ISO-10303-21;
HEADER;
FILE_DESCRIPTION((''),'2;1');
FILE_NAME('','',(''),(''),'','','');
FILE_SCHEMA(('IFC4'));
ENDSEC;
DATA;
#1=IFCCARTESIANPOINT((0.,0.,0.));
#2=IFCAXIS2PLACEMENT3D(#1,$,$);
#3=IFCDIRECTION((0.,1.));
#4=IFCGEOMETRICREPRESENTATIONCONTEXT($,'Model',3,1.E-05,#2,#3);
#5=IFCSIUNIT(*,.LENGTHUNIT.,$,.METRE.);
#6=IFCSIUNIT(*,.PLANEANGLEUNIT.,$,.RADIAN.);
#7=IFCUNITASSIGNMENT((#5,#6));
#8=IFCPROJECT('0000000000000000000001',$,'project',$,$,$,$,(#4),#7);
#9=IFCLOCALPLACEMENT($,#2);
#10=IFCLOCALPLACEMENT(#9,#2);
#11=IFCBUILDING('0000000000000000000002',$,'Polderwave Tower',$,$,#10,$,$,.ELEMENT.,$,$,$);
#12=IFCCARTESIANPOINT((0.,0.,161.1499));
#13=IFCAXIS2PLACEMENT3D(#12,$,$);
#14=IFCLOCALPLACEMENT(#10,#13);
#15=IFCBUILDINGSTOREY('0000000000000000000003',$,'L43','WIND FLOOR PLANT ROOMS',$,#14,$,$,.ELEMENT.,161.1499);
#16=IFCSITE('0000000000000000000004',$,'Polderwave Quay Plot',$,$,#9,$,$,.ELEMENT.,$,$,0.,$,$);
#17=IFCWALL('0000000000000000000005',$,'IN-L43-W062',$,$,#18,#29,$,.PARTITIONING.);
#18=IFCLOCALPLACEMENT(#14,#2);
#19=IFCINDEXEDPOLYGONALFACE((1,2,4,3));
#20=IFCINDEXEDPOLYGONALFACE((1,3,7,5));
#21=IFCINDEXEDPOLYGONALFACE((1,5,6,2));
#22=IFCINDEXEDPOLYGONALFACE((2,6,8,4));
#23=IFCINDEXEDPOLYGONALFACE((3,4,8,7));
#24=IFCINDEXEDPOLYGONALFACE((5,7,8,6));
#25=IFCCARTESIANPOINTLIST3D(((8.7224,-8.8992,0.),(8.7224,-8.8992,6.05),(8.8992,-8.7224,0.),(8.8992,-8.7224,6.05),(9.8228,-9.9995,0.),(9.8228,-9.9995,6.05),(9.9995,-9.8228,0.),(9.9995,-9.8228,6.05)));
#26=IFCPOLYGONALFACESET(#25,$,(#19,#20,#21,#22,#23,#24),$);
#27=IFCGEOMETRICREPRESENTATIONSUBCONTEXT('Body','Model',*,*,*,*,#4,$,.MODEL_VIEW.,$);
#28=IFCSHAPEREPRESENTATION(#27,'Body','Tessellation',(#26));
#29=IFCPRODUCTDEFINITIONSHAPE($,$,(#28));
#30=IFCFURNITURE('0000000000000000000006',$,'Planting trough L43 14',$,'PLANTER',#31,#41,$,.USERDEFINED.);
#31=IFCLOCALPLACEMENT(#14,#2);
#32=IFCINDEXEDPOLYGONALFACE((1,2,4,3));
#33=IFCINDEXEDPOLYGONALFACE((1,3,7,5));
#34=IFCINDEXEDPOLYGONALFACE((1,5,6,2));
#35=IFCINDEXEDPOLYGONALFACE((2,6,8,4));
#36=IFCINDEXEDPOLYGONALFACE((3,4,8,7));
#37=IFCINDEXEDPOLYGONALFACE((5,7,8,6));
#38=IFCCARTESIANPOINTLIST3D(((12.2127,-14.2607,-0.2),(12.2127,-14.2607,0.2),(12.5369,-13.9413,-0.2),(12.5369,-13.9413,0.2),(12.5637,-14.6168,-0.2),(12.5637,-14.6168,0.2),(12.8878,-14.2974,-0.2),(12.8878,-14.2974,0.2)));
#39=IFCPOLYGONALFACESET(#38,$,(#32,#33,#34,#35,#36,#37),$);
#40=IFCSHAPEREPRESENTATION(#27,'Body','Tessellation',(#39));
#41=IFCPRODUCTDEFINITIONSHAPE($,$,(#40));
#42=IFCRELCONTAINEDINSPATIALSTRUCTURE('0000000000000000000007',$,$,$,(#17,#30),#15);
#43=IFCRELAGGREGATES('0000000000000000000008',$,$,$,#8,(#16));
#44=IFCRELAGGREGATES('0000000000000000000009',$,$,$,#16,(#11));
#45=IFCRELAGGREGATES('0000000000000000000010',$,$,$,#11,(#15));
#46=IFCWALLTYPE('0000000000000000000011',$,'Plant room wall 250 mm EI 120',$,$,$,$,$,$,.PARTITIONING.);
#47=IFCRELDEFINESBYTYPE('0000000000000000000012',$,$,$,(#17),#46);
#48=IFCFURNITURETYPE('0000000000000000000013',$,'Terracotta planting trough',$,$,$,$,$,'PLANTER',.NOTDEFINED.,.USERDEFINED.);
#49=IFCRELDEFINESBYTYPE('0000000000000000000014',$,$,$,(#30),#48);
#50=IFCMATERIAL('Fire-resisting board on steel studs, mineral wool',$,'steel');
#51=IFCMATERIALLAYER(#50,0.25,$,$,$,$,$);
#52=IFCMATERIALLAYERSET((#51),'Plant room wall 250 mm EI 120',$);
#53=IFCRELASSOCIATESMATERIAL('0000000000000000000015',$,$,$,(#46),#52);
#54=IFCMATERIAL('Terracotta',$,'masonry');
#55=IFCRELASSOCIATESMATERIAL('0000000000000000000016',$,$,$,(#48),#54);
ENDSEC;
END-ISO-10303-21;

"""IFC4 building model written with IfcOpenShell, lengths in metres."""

from ifc_helpers import new_model, si_unit, direction, frame, frame_2d, origin, origin_2d, place, context, subcontext, project, spatial, rectangle, extrude, material, layer, layer_set, type_object, element, save


model = new_model("IFC4")

# Units and contexts
model_context = context("Model", 3, precision=1e-05, world=origin(), true_north=direction((0.0, 1.0)))
body_context = subcontext(model_context, "Body", "Model", "MODEL_VIEW")
ifc_project = project(units=[si_unit("LENGTHUNIT", "METRE"), si_unit("PLANEANGLEUNIT", "RADIAN")], contexts=[model_context])

# Site, building, storey
site_placement = place(None, origin())
site = spatial("IfcSite", under=ifc_project, at=site_placement, Name="Polderwave Quay Plot", CompositionType="ELEMENT", RefElevation=0.0)
building_placement = place(site_placement, origin())
building = spatial("IfcBuilding", under=site, at=building_placement, Name="Polderwave Tower", CompositionType="ELEMENT")
storey_placement = place(building_placement, frame((0.0, 0.0, 161.1499)))
storey = spatial("IfcBuildingStorey", under=building, at=storey_placement, Name="L43", Description="WIND FLOOR PLANT ROOMS", CompositionType="ELEMENT", Elevation=161.1499)

# Wall
ifc_material_1 = material(Name="Fire-resisting board on steel studs, mineral wool", Category="steel")
ifc_layer_1 = layer(ifc_material_1, 0.25)
ifc_layer_set_1 = layer_set([ifc_layer_1], Name="Plant room wall 250 mm EI 120")
wall_type_1 = type_object("IfcWallType", Name="Plant room wall 250 mm EI 120", PredefinedType="PARTITIONING", material=ifc_layer_set_1)
wall_1_placement = place(storey_placement, frame((8.8108, -8.8108, 0.0), z_axis=(0.0, 0.0, 1.0), x_axis=(0.707107, -0.707107, 0.0)))
element("IfcWall", 1, at=wall_1_placement, inside=storey, type_object=wall_type_1, Name="IN-L43-W062", PredefinedType="PARTITIONING", context=body_context, shape_type="SweptSolid", body=[
    extrude(rectangle(XDim=1.5562, YDim=0.25, at=frame_2d((0.7781, 0.0))), origin(), (0.0, 0.0, 1.0), 6.05),
])

# Furniture
ifc_material_2 = material(Name="Terracotta", Category="masonry")
furniture_type = type_object("IfcFurnitureType", Name="Terracotta planting trough", ElementType="PLANTER", AssemblyPlace="NOTDEFINED", PredefinedType="USERDEFINED", material=ifc_material_2)
furniture_placement = place(storey_placement, frame((12.5503, -14.2791, -0.2), z_axis=(0.0, 0.0, 1.0), x_axis=(0.712285, 0.701891, 0.0)))
element("IfcFurniture", 2, at=furniture_placement, inside=storey, type_object=furniture_type, Name="Planting trough L43 14", ObjectType="PLANTER", PredefinedType="USERDEFINED", context=body_context, shape_type="SweptSolid", body=[
    extrude(rectangle(XDim=0.4551, YDim=0.5, at=origin_2d()), origin(), (0.0, 0.0, 1.0), 0.3999),
])

save(model, "model.ifc")
